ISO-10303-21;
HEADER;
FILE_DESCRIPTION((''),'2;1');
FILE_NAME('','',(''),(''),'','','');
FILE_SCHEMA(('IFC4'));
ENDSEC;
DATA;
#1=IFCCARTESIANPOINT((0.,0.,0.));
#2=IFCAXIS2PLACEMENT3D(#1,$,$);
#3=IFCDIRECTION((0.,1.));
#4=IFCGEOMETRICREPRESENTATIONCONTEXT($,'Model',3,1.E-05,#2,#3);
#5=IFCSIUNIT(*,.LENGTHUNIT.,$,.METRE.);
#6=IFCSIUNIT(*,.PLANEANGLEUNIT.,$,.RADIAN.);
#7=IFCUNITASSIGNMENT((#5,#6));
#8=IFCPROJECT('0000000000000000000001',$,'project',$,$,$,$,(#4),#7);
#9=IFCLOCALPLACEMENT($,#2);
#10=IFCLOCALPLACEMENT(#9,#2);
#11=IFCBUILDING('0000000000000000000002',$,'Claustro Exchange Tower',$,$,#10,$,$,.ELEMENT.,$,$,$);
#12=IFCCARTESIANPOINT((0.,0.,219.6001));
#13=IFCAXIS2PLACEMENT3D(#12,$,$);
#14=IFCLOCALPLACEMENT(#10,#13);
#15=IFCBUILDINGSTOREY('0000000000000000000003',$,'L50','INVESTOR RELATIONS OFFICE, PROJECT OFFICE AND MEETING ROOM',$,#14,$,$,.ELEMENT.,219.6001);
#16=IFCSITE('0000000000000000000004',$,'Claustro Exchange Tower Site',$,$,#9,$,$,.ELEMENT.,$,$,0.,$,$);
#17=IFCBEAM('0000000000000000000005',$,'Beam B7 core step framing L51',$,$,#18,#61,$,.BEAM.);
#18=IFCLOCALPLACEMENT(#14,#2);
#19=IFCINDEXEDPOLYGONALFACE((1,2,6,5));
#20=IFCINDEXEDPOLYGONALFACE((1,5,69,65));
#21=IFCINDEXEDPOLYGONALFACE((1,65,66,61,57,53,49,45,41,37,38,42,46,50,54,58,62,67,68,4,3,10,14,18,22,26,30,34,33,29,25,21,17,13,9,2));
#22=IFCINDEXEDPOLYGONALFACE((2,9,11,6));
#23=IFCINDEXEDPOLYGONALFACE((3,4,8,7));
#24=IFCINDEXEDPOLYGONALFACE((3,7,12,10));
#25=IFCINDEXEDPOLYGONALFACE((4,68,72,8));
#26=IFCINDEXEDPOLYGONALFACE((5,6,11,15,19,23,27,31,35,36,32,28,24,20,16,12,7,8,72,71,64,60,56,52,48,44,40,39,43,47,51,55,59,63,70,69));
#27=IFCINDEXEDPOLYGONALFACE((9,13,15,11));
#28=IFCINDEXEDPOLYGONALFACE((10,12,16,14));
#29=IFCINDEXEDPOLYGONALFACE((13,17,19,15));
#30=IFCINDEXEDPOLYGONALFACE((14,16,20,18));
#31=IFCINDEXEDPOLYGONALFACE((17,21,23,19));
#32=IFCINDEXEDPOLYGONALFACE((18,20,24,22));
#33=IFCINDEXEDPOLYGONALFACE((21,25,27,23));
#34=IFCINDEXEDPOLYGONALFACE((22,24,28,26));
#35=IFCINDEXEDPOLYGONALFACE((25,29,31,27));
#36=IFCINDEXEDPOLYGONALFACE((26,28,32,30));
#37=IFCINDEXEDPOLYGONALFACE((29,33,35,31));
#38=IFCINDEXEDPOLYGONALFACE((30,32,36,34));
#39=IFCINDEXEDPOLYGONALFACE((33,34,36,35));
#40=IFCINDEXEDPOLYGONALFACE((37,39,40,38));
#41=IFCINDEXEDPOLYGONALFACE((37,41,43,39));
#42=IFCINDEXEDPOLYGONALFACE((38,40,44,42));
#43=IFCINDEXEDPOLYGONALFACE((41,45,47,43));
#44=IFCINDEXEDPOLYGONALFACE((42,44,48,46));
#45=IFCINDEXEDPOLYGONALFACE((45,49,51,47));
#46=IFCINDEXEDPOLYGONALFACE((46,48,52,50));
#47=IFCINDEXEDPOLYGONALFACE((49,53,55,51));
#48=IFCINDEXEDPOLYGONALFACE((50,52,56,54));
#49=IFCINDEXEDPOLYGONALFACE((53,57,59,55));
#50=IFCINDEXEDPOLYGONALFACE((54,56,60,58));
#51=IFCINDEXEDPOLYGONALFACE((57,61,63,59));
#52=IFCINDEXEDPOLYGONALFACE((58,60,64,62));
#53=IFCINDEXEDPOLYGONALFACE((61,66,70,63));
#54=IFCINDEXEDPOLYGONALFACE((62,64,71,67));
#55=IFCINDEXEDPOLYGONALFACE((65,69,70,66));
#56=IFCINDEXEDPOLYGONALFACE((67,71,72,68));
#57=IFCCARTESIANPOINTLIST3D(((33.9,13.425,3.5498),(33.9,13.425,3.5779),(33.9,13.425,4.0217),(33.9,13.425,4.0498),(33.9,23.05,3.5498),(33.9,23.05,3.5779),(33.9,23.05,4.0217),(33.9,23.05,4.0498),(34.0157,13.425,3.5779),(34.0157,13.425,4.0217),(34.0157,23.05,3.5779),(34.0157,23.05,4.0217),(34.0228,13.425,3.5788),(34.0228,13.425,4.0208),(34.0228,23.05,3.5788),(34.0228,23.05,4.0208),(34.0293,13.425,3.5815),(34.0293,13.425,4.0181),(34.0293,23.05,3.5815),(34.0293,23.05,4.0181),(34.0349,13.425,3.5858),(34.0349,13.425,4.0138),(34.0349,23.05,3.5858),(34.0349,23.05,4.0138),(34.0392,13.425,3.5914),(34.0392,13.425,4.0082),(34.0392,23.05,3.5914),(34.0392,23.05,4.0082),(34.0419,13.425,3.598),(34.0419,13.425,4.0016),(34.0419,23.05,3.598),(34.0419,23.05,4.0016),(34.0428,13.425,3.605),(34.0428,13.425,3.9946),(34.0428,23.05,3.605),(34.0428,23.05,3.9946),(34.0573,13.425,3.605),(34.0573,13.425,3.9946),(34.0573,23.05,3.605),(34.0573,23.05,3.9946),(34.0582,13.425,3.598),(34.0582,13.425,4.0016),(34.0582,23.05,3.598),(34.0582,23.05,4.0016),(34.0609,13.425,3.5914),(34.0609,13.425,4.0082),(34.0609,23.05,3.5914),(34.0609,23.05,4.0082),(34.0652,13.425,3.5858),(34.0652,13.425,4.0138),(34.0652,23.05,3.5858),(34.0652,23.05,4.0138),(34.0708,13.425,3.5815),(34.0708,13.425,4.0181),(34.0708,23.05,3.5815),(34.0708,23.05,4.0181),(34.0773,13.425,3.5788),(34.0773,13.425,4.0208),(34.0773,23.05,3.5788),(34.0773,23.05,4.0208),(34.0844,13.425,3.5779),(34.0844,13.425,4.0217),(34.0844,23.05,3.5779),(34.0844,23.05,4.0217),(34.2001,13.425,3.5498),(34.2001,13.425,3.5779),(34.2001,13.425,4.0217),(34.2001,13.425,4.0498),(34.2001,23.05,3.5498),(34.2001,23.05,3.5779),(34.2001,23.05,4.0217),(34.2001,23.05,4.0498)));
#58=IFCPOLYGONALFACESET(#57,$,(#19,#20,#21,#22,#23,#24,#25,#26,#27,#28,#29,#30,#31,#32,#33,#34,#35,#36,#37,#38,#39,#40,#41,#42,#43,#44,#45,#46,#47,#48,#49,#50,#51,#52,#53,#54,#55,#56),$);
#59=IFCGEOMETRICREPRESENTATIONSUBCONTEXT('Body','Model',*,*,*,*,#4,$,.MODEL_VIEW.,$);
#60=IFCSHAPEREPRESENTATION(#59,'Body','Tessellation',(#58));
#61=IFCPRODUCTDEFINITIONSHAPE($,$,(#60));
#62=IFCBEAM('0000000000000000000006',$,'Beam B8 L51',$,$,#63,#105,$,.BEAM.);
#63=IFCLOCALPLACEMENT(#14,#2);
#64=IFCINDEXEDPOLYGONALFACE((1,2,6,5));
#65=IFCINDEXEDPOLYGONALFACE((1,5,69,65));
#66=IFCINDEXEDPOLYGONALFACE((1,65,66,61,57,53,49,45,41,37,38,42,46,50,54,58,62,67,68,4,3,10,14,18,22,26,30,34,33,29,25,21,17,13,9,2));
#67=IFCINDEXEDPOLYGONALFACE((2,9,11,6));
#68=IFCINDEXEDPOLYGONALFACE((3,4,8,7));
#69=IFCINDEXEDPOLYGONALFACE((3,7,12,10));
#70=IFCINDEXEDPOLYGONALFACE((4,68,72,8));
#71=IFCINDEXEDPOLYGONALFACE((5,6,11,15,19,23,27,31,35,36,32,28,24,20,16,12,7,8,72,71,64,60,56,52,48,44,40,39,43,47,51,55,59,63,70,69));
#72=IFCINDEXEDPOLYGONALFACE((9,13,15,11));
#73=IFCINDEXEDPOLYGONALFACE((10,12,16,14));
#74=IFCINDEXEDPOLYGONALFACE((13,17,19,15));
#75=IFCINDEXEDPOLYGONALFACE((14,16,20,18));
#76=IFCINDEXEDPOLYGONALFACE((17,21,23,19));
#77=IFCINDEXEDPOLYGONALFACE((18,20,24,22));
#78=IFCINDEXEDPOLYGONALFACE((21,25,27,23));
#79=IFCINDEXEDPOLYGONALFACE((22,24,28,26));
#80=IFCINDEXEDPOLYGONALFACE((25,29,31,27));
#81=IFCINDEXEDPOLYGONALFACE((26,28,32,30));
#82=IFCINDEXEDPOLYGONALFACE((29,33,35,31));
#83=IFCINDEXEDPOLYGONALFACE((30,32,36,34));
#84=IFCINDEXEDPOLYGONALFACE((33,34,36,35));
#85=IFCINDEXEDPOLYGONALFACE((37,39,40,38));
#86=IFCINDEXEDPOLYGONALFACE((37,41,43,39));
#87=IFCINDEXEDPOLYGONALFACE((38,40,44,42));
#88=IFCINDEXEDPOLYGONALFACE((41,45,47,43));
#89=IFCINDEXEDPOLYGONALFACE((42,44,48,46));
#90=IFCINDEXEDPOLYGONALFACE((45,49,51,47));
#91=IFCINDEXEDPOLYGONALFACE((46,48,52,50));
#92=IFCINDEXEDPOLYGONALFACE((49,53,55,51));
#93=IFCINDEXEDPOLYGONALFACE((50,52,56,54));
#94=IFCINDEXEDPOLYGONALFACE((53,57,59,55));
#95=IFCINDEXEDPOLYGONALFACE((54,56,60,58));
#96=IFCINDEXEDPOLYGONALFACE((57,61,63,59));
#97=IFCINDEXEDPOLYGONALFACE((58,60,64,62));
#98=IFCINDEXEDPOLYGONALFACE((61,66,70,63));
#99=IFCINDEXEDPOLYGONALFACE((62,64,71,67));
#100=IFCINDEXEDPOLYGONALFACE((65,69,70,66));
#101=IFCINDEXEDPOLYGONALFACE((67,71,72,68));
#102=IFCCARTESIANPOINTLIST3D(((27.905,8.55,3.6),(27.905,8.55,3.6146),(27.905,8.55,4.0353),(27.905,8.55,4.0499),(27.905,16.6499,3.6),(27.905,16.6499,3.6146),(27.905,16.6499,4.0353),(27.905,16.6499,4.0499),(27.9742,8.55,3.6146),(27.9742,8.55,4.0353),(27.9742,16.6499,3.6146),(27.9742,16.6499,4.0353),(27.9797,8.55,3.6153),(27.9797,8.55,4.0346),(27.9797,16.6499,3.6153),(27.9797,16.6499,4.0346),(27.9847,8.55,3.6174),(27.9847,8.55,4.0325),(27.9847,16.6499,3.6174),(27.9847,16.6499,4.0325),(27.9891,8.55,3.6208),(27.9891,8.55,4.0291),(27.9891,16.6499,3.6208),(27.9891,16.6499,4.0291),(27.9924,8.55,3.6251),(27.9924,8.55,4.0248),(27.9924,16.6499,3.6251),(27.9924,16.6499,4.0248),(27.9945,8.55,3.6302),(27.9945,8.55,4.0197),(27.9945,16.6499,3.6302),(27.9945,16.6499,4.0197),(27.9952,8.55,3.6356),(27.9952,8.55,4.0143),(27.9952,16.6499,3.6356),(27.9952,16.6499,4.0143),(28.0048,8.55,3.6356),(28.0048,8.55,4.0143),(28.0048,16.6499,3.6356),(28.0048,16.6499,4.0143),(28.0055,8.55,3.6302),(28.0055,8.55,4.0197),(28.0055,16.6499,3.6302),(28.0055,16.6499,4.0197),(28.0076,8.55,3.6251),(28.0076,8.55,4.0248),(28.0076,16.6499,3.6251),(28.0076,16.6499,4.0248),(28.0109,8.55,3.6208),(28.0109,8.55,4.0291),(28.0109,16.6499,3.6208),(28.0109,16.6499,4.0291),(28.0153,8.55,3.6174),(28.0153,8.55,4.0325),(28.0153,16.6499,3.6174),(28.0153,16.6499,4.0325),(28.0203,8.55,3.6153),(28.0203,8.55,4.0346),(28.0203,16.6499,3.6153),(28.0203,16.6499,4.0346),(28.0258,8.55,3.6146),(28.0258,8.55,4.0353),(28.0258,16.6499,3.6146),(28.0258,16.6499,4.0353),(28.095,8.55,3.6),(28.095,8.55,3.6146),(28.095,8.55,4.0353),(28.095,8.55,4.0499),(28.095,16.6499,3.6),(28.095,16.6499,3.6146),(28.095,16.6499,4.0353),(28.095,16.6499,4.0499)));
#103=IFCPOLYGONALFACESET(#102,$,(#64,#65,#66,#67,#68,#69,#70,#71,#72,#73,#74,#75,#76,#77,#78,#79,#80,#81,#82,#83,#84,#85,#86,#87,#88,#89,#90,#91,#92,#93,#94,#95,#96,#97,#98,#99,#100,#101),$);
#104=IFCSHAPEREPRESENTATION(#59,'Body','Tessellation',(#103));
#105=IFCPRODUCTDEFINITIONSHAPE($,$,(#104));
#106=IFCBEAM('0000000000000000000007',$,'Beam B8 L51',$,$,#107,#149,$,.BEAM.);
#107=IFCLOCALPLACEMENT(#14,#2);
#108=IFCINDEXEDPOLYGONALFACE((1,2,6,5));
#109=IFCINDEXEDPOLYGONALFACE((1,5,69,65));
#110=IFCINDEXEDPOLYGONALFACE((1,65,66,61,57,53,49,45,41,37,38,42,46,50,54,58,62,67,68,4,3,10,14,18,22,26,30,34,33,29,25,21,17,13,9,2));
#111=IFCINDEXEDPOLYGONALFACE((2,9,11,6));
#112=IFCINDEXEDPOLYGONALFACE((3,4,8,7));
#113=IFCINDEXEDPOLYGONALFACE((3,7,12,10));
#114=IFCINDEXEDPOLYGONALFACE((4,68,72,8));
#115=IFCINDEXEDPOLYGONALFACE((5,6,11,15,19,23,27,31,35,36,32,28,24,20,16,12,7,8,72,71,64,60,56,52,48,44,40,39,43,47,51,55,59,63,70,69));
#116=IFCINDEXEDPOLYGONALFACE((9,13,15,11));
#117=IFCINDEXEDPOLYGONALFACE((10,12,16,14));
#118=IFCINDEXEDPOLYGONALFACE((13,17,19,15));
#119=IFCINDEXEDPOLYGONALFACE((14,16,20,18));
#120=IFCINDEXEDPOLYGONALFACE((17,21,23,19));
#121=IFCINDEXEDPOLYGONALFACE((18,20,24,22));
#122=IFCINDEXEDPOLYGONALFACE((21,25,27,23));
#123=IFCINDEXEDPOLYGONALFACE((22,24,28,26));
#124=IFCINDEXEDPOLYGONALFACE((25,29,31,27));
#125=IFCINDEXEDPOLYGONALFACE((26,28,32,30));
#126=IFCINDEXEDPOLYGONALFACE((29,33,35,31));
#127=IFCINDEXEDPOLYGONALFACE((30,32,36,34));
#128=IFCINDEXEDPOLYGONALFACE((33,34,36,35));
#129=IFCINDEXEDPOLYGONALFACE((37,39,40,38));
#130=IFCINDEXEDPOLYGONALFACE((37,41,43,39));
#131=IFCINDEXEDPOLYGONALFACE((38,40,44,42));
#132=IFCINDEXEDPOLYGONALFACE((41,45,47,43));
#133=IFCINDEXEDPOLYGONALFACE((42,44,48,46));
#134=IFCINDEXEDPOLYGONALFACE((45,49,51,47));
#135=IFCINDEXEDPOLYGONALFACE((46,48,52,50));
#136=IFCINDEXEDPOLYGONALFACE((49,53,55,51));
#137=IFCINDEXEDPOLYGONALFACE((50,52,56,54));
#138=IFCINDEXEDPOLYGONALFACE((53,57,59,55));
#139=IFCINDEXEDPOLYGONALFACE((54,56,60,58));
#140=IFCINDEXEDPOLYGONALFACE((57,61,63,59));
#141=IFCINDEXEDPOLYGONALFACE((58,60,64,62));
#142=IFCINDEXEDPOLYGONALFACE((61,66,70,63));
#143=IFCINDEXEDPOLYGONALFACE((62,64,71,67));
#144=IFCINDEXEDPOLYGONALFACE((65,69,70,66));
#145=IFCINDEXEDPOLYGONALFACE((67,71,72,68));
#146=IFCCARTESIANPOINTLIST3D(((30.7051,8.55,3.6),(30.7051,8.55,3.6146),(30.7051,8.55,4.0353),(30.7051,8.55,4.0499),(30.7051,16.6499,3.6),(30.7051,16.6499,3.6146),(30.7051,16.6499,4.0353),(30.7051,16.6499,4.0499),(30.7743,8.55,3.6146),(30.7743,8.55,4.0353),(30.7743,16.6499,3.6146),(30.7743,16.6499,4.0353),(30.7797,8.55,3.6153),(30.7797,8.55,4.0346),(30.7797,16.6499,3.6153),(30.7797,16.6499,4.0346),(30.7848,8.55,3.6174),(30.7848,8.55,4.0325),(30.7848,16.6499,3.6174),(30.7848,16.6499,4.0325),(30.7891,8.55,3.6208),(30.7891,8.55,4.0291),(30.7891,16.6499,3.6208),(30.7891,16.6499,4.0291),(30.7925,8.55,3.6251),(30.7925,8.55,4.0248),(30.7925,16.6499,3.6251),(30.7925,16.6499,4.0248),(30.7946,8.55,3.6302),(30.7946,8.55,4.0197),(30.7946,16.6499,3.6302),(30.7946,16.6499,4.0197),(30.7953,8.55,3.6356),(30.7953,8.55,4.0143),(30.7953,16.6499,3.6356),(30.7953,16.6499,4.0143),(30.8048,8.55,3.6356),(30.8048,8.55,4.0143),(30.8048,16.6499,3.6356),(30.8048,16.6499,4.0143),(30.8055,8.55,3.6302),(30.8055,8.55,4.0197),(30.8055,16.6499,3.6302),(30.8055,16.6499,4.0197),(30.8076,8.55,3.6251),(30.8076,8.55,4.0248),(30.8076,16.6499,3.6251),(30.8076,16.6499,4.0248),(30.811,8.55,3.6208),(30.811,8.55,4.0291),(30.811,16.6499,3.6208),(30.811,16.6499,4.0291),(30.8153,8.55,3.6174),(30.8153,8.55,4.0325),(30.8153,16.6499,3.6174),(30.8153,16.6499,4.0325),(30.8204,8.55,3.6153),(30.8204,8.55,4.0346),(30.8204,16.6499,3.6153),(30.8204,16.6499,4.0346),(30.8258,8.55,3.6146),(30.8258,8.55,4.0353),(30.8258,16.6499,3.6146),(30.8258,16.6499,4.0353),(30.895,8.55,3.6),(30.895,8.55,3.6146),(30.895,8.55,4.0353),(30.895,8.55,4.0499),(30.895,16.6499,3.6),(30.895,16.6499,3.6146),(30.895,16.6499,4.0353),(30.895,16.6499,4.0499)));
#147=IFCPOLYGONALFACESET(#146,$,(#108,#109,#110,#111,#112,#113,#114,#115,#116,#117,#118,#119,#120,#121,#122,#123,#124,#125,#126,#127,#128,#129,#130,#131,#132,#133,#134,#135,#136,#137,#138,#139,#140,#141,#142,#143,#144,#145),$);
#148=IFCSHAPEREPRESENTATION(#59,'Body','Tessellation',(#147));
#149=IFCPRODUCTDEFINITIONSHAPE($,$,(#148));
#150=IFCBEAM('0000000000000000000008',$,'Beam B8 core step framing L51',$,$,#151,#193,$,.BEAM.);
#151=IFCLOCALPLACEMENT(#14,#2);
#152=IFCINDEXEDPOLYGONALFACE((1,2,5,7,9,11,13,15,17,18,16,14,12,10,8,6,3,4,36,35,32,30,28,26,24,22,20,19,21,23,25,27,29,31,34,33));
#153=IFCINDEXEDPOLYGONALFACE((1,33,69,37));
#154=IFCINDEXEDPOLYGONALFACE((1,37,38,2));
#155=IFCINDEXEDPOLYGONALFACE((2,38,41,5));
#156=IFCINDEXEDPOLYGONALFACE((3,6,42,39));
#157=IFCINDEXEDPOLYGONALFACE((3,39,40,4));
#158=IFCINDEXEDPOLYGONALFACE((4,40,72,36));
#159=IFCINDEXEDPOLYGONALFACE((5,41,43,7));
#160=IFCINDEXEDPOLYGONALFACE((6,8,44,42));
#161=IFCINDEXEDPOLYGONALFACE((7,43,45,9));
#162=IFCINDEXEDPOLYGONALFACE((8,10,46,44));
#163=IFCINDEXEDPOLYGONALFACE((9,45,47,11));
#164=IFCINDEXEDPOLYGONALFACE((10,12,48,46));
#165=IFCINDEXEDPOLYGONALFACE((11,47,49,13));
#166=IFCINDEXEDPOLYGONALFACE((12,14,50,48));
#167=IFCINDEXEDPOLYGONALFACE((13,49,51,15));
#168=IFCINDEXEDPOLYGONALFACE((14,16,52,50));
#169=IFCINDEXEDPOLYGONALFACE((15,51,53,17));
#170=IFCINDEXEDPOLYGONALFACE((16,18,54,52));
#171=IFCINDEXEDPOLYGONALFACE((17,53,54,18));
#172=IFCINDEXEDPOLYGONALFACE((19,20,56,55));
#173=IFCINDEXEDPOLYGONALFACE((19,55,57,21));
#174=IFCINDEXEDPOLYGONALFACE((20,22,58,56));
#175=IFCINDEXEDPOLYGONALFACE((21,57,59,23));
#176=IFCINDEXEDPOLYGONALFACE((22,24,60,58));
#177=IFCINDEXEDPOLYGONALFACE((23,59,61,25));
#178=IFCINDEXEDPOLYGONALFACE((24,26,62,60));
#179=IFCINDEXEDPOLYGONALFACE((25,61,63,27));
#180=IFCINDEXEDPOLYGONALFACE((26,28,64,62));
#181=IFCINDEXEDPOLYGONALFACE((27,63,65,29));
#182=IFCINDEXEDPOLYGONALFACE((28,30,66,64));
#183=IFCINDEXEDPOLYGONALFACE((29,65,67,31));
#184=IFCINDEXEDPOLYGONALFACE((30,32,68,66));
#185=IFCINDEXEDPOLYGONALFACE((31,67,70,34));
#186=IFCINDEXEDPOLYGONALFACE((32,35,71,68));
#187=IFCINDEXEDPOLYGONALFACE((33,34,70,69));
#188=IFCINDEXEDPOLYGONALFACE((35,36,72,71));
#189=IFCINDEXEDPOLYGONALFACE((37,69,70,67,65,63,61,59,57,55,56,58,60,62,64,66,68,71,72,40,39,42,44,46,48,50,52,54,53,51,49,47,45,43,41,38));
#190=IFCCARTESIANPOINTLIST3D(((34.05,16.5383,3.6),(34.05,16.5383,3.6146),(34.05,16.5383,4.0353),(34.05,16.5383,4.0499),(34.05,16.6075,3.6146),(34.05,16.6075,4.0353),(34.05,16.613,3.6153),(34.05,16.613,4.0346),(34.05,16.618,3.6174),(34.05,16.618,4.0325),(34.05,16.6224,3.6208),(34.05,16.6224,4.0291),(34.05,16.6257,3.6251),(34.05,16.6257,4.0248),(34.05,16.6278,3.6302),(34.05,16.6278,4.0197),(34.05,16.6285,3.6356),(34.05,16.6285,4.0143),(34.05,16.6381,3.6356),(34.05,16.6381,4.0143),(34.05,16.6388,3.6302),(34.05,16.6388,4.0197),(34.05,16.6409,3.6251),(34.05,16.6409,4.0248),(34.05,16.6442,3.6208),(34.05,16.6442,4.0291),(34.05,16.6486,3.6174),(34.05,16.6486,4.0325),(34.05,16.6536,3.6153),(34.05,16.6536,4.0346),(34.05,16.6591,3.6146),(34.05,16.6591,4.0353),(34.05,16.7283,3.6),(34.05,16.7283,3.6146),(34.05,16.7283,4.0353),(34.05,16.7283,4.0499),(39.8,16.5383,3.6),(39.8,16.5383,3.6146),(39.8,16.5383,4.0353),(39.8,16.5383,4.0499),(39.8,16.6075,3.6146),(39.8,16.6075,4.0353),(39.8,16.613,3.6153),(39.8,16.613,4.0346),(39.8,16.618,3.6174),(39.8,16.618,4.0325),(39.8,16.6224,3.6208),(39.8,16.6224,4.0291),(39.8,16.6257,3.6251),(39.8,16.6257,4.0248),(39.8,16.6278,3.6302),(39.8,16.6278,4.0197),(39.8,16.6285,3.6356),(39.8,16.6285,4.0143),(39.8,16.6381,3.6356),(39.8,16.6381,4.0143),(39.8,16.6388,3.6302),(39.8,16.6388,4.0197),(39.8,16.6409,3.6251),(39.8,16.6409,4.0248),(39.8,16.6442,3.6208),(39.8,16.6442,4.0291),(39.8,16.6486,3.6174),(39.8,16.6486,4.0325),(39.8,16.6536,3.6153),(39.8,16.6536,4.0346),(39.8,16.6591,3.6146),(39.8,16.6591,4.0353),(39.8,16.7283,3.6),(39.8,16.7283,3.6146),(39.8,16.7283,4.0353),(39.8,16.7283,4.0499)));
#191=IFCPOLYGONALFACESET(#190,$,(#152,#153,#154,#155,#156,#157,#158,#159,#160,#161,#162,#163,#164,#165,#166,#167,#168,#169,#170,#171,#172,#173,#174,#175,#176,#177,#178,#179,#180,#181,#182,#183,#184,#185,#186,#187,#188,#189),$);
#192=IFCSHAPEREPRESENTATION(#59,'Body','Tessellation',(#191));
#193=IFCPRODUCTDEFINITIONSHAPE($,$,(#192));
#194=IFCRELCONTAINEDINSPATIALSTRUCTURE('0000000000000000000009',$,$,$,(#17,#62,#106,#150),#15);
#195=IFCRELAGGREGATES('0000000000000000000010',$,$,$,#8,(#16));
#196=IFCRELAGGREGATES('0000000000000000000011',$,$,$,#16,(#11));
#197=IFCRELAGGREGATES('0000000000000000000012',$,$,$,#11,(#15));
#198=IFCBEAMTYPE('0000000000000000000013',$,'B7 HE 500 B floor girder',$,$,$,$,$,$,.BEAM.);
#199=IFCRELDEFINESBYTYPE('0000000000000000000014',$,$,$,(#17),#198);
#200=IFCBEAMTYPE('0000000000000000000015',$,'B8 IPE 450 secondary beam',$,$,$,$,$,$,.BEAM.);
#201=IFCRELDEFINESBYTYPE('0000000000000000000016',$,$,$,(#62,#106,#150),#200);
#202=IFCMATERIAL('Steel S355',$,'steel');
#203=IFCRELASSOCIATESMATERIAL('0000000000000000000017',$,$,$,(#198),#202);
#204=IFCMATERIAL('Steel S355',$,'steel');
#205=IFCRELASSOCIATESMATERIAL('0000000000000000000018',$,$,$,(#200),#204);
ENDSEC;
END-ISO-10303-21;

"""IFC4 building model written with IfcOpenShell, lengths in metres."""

from ifc_helpers import new_model, si_unit, direction, frame, origin, origin_2d, place, context, subcontext, project, spatial, i_section, extrude, material, material_profile, profile_set, type_object, element, save


model = new_model("IFC4")

# Units and contexts
model_context = context("Model", 3, precision=1e-05, world=origin(), true_north=direction((0.0, 1.0)))
body_context = subcontext(model_context, "Body", "Model", "MODEL_VIEW")
ifc_project = project(units=[si_unit("LENGTHUNIT", "METRE"), si_unit("PLANEANGLEUNIT", "RADIAN")], contexts=[model_context])

# Site, building, storey
site_placement = place(None, origin())
site = spatial("IfcSite", under=ifc_project, at=site_placement, Name="Claustro Exchange Tower Site", CompositionType="ELEMENT", RefElevation=0.0)
building_placement = place(site_placement, origin())
building = spatial("IfcBuilding", under=site, at=building_placement, Name="Claustro Exchange Tower", CompositionType="ELEMENT")
storey_placement = place(building_placement, frame((0.0, 0.0, 219.6001)))
storey = spatial("IfcBuildingStorey", under=building, at=storey_placement, Name="L50", Description="INVESTOR RELATIONS OFFICE, PROJECT OFFICE AND MEETING ROOM", CompositionType="ELEMENT", Elevation=219.6001)

# Beams
ifc_material_1 = material(Name="Steel S355", Category="steel")
ifc_material_profile_1 = material_profile(ifc_material_1, i_section(OverallWidth=0.3, OverallDepth=0.5, WebThickness=0.0144, FlangeThickness=0.0281, FilletRadius=0.0271, at=origin_2d()), Name="HE 500 B")
ifc_profile_set_1 = profile_set([ifc_material_profile_1], Name="Steel S355")
beam_type_1 = type_object("IfcBeamType", Name="B7 HE 500 B floor girder", PredefinedType="BEAM", material=ifc_profile_set_1)
beam_1_placement = place(storey_placement, frame((34.05, 13.425, 3.7998), z_axis=(0.0, 1.0, 0.0), x_axis=(-1.0, 0.0, 0.0)))
element("IfcBeam", 1, at=beam_1_placement, inside=storey, type_object=beam_type_1, Name="Beam B7 core step framing L51", PredefinedType="BEAM", context=body_context, shape_type="SweptSolid", body=[
    extrude(i_section(OverallWidth=0.3, OverallDepth=0.5, WebThickness=0.0144, FlangeThickness=0.0281, FilletRadius=0.0271, at=origin_2d()), origin(), (0.0, 0.0, 1.0), 9.625),
])
ifc_material_2 = material(Name="Steel S355", Category="steel")
ifc_material_profile_2 = material_profile(ifc_material_2, i_section(OverallWidth=0.1899, OverallDepth=0.45, WebThickness=0.0095, FlangeThickness=0.0146, FilletRadius=0.021, at=origin_2d()), Name="IPE 450")
ifc_profile_set_2 = profile_set([ifc_material_profile_2], Name="Steel S355")
beam_type_2 = type_object("IfcBeamType", Name="B8 IPE 450 secondary beam", PredefinedType="BEAM", material=ifc_profile_set_2)
for number, where, z_axis, x_axis, name in (
    (2, (28.0, 8.55, 3.825), (0.0, 1.0, 0.0), (-1.0, 0.0, 0.0), "Beam B8 L51"),
    (3, (30.8, 8.55, 3.825), (0.0, 1.0, 0.0), (-1.0, 0.0, 0.0), "Beam B8 L51"),
):
    element("IfcBeam", number, at=place(storey_placement, frame(where, z_axis=z_axis, x_axis=x_axis)), inside=storey, type_object=beam_type_2, Name=name, PredefinedType="BEAM", context=body_context, shape_type="SweptSolid", body=[
        extrude(i_section(OverallWidth=0.1899, OverallDepth=0.45, WebThickness=0.0095, FlangeThickness=0.0146, FilletRadius=0.021, at=origin_2d()), origin(), (0.0, 0.0, 1.0), 8.0999),
    ])
for number, where, z_axis, x_axis, name in (
    (4, (34.05, 16.6333, 3.825), (1.0, 0.0, 0.0), (0.0, 1.0, 0.0), "Beam B8 core step framing L51"),
):
    element("IfcBeam", number, at=place(storey_placement, frame(where, z_axis=z_axis, x_axis=x_axis)), inside=storey, type_object=beam_type_2, Name=name, PredefinedType="BEAM", context=body_context, shape_type="SweptSolid", body=[
        extrude(i_section(OverallWidth=0.1899, OverallDepth=0.45, WebThickness=0.0095, FlangeThickness=0.0146, FilletRadius=0.021, at=origin_2d()), origin(), (0.0, 0.0, 1.0), 5.75),
    ])

save(model, "model.ifc")
